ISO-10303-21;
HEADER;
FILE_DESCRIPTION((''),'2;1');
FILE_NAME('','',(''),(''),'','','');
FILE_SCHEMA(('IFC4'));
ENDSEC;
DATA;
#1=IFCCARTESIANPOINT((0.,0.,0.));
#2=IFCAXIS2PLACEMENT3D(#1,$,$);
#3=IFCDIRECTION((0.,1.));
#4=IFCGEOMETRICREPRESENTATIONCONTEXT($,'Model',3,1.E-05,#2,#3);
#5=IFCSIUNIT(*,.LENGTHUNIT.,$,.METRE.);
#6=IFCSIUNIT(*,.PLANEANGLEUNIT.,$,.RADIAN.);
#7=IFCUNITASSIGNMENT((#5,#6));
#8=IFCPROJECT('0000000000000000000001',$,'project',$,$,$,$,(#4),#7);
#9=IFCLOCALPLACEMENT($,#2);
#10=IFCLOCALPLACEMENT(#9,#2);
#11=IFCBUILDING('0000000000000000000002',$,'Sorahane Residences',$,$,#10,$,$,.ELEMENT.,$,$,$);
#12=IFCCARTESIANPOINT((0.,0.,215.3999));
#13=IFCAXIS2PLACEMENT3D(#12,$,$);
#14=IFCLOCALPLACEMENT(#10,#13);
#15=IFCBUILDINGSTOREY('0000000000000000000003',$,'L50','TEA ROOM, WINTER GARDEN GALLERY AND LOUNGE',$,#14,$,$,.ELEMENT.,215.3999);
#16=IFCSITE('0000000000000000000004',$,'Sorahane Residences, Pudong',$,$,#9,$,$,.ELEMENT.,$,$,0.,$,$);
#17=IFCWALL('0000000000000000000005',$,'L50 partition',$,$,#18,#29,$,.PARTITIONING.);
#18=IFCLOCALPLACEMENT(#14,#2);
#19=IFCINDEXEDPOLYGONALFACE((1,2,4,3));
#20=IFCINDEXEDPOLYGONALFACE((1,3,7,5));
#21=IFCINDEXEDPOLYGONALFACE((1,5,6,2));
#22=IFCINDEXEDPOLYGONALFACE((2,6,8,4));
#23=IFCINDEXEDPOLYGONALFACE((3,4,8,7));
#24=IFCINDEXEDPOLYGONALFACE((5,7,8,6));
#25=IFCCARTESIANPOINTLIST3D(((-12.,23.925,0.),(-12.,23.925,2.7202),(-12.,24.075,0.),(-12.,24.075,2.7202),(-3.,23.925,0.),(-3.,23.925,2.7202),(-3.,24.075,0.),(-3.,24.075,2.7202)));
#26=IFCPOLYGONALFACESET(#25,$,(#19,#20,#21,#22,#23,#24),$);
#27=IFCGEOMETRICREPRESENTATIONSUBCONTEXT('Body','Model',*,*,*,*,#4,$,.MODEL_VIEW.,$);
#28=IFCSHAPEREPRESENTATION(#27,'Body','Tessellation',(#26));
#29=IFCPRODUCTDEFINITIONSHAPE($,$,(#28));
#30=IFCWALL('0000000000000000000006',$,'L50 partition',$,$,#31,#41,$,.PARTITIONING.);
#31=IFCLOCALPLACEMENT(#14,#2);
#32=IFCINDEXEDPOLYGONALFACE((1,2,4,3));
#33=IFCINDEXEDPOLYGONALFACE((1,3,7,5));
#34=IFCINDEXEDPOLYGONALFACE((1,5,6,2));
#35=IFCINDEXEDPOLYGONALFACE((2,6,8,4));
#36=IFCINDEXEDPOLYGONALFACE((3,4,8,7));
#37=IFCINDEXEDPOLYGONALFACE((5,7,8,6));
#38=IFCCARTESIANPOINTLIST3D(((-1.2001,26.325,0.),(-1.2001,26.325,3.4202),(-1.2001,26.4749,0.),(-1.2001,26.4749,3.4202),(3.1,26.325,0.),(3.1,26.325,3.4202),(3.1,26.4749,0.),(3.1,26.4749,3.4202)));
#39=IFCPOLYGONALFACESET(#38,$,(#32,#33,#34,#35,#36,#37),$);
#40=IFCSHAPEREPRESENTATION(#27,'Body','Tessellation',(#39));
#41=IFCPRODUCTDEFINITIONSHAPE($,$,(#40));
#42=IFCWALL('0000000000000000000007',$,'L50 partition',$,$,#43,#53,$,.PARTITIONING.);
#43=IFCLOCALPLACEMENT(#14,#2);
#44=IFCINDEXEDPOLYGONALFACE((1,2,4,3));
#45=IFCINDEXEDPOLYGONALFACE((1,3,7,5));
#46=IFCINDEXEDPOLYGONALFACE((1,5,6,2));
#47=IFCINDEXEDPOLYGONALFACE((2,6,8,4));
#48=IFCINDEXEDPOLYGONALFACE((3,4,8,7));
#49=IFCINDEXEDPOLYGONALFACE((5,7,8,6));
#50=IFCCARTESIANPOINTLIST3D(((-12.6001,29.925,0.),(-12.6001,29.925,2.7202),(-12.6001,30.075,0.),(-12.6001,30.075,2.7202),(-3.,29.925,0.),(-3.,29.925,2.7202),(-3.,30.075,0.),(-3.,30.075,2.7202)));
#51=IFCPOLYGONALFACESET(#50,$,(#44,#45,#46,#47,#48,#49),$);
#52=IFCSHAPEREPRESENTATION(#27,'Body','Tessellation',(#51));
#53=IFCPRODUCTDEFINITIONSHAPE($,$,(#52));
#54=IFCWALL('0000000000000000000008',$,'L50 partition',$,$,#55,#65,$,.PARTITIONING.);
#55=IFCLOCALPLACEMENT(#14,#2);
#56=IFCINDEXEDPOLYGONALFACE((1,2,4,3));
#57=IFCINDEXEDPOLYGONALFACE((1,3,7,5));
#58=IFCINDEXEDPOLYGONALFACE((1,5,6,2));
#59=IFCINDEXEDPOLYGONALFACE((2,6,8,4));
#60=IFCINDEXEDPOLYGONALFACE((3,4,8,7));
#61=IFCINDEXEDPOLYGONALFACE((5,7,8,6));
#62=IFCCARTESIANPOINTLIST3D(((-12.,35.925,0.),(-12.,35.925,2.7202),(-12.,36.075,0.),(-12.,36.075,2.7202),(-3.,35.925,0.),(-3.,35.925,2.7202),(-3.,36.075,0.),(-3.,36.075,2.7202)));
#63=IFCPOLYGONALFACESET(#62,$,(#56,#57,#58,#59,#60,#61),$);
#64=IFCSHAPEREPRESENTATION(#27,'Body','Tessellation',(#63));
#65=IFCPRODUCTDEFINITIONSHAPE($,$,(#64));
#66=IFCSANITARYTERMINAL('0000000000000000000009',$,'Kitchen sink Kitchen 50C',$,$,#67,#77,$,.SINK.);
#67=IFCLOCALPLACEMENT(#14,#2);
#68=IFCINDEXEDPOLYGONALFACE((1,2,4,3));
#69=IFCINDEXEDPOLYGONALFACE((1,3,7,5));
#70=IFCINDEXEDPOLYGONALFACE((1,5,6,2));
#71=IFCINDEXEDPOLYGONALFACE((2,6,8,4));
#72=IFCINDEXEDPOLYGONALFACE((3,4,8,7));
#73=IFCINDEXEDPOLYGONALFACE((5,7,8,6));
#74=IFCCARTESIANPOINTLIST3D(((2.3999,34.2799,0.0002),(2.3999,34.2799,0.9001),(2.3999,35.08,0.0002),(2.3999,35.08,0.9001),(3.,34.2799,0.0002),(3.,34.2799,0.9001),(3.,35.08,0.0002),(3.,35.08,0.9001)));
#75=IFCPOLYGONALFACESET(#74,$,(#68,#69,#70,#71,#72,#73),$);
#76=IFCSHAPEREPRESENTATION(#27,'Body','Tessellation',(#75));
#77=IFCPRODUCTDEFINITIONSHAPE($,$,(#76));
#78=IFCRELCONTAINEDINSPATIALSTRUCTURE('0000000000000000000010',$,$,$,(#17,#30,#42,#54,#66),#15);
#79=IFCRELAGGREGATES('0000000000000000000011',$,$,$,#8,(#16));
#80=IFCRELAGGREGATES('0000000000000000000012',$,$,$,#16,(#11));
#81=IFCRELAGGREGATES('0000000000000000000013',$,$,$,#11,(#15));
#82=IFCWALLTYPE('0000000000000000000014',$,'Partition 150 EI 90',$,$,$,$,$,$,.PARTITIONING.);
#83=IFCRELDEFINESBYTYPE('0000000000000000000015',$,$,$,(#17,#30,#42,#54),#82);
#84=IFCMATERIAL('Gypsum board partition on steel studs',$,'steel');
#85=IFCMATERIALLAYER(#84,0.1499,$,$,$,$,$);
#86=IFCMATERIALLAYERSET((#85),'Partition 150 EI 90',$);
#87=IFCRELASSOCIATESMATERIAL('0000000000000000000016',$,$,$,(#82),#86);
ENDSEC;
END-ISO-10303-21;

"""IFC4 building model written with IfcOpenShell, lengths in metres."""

from ifc_helpers import new_model, si_unit, direction, frame, frame_2d, origin, origin_2d, place, context, subcontext, project, spatial, rectangle, extrude, material, layer, layer_set, type_object, element, save


model = new_model("IFC4")

# Units and contexts
model_context = context("Model", 3, precision=1e-05, world=origin(), true_north=direction((0.0, 1.0)))
body_context = subcontext(model_context, "Body", "Model", "MODEL_VIEW")
ifc_project = project(units=[si_unit("LENGTHUNIT", "METRE"), si_unit("PLANEANGLEUNIT", "RADIAN")], contexts=[model_context])

# Site, building, storey
site_placement = place(None, origin())
site = spatial("IfcSite", under=ifc_project, at=site_placement, Name="Sorahane Residences, Pudong", CompositionType="ELEMENT", RefElevation=0.0)
building_placement = place(site_placement, origin())
building = spatial("IfcBuilding", under=site, at=building_placement, Name="Sorahane Residences", CompositionType="ELEMENT")
storey_placement = place(building_placement, frame((0.0, 0.0, 215.3999)))
storey = spatial("IfcBuildingStorey", under=building, at=storey_placement, Name="L50", Description="TEA ROOM, WINTER GARDEN GALLERY AND LOUNGE", CompositionType="ELEMENT", Elevation=215.3999)

# Shared definitions
ifc_material_1 = material(Name="Gypsum board partition on steel studs", Category="steel")
ifc_layer_1 = layer(ifc_material_1, 0.1499)
ifc_layer_set_1 = layer_set([ifc_layer_1], Name="Partition 150 EI 90")
wall_type_1 = type_object("IfcWallType", Name="Partition 150 EI 90", PredefinedType="PARTITIONING", material=ifc_layer_set_1)

# Walls
wall_1_placement = place(storey_placement, frame((-12.0, 24.0, 0.0), z_axis=(0.0, 0.0, 1.0), x_axis=(1.0, 0.0, 0.0)))
element("IfcWall", 1, at=wall_1_placement, inside=storey, type_object=wall_type_1, Name="L50 partition", PredefinedType="PARTITIONING", context=body_context, shape_type="SweptSolid", body=[
    extrude(rectangle(XDim=9.0, YDim=0.1499, at=frame_2d((4.5, 0.0))), origin(), (0.0, 0.0, 1.0), 2.7202),
])
wall_2_placement = place(storey_placement, frame((-1.2, 26.3999, 0.0), z_axis=(0.0, 0.0, 1.0), x_axis=(1.0, 0.0, 0.0)))
element("IfcWall", 2, at=wall_2_placement, inside=storey, type_object=wall_type_1, Name="L50 partition", PredefinedType="PARTITIONING", context=body_context, shape_type="SweptSolid", body=[
    extrude(rectangle(XDim=4.3, YDim=0.1499, at=frame_2d((2.1499, 0.0))), origin(), (0.0, 0.0, 1.0), 3.4202),
])
wall_3_placement = place(storey_placement, frame((-12.6001, 30.0, 0.0), z_axis=(0.0, 0.0, 1.0), x_axis=(1.0, 0.0, 0.0)))
element("IfcWall", 3, at=wall_3_placement, inside=storey, type_object=wall_type_1, Name="L50 partition", PredefinedType="PARTITIONING", context=body_context, shape_type="SweptSolid", body=[
    extrude(rectangle(XDim=9.6001, YDim=0.1499, at=frame_2d((4.8, 0.0))), origin(), (0.0, 0.0, 1.0), 2.7202),
])
wall_4_placement = place(storey_placement, frame((-12.0, 36.0, 0.0), z_axis=(0.0, 0.0, 1.0), x_axis=(1.0, 0.0, 0.0)))
element("IfcWall", 4, at=wall_4_placement, inside=storey, type_object=wall_type_1, Name="L50 partition", PredefinedType="PARTITIONING", context=body_context, shape_type="SweptSolid", body=[
    extrude(rectangle(XDim=9.0, YDim=0.1499, at=frame_2d((4.5, 0.0))), origin(), (0.0, 0.0, 1.0), 2.7202),
])

# Sanitary terminal
sanitary_terminal_placement = place(storey_placement, frame((2.7, 34.6799, 0.0002), z_axis=(0.0, 0.0, 1.0), x_axis=(0.0, -1.0, 0.0)))
element("IfcSanitaryTerminal", 5, at=sanitary_terminal_placement, inside=storey, Name="Kitchen sink Kitchen 50C", PredefinedType="SINK", context=body_context, shape_type="SweptSolid", body=[
    extrude(rectangle(XDim=0.8, YDim=0.6001, at=origin_2d()), origin(), (0.0, 0.0, 1.0), 0.8999),
])

save(model, "model.ifc")
